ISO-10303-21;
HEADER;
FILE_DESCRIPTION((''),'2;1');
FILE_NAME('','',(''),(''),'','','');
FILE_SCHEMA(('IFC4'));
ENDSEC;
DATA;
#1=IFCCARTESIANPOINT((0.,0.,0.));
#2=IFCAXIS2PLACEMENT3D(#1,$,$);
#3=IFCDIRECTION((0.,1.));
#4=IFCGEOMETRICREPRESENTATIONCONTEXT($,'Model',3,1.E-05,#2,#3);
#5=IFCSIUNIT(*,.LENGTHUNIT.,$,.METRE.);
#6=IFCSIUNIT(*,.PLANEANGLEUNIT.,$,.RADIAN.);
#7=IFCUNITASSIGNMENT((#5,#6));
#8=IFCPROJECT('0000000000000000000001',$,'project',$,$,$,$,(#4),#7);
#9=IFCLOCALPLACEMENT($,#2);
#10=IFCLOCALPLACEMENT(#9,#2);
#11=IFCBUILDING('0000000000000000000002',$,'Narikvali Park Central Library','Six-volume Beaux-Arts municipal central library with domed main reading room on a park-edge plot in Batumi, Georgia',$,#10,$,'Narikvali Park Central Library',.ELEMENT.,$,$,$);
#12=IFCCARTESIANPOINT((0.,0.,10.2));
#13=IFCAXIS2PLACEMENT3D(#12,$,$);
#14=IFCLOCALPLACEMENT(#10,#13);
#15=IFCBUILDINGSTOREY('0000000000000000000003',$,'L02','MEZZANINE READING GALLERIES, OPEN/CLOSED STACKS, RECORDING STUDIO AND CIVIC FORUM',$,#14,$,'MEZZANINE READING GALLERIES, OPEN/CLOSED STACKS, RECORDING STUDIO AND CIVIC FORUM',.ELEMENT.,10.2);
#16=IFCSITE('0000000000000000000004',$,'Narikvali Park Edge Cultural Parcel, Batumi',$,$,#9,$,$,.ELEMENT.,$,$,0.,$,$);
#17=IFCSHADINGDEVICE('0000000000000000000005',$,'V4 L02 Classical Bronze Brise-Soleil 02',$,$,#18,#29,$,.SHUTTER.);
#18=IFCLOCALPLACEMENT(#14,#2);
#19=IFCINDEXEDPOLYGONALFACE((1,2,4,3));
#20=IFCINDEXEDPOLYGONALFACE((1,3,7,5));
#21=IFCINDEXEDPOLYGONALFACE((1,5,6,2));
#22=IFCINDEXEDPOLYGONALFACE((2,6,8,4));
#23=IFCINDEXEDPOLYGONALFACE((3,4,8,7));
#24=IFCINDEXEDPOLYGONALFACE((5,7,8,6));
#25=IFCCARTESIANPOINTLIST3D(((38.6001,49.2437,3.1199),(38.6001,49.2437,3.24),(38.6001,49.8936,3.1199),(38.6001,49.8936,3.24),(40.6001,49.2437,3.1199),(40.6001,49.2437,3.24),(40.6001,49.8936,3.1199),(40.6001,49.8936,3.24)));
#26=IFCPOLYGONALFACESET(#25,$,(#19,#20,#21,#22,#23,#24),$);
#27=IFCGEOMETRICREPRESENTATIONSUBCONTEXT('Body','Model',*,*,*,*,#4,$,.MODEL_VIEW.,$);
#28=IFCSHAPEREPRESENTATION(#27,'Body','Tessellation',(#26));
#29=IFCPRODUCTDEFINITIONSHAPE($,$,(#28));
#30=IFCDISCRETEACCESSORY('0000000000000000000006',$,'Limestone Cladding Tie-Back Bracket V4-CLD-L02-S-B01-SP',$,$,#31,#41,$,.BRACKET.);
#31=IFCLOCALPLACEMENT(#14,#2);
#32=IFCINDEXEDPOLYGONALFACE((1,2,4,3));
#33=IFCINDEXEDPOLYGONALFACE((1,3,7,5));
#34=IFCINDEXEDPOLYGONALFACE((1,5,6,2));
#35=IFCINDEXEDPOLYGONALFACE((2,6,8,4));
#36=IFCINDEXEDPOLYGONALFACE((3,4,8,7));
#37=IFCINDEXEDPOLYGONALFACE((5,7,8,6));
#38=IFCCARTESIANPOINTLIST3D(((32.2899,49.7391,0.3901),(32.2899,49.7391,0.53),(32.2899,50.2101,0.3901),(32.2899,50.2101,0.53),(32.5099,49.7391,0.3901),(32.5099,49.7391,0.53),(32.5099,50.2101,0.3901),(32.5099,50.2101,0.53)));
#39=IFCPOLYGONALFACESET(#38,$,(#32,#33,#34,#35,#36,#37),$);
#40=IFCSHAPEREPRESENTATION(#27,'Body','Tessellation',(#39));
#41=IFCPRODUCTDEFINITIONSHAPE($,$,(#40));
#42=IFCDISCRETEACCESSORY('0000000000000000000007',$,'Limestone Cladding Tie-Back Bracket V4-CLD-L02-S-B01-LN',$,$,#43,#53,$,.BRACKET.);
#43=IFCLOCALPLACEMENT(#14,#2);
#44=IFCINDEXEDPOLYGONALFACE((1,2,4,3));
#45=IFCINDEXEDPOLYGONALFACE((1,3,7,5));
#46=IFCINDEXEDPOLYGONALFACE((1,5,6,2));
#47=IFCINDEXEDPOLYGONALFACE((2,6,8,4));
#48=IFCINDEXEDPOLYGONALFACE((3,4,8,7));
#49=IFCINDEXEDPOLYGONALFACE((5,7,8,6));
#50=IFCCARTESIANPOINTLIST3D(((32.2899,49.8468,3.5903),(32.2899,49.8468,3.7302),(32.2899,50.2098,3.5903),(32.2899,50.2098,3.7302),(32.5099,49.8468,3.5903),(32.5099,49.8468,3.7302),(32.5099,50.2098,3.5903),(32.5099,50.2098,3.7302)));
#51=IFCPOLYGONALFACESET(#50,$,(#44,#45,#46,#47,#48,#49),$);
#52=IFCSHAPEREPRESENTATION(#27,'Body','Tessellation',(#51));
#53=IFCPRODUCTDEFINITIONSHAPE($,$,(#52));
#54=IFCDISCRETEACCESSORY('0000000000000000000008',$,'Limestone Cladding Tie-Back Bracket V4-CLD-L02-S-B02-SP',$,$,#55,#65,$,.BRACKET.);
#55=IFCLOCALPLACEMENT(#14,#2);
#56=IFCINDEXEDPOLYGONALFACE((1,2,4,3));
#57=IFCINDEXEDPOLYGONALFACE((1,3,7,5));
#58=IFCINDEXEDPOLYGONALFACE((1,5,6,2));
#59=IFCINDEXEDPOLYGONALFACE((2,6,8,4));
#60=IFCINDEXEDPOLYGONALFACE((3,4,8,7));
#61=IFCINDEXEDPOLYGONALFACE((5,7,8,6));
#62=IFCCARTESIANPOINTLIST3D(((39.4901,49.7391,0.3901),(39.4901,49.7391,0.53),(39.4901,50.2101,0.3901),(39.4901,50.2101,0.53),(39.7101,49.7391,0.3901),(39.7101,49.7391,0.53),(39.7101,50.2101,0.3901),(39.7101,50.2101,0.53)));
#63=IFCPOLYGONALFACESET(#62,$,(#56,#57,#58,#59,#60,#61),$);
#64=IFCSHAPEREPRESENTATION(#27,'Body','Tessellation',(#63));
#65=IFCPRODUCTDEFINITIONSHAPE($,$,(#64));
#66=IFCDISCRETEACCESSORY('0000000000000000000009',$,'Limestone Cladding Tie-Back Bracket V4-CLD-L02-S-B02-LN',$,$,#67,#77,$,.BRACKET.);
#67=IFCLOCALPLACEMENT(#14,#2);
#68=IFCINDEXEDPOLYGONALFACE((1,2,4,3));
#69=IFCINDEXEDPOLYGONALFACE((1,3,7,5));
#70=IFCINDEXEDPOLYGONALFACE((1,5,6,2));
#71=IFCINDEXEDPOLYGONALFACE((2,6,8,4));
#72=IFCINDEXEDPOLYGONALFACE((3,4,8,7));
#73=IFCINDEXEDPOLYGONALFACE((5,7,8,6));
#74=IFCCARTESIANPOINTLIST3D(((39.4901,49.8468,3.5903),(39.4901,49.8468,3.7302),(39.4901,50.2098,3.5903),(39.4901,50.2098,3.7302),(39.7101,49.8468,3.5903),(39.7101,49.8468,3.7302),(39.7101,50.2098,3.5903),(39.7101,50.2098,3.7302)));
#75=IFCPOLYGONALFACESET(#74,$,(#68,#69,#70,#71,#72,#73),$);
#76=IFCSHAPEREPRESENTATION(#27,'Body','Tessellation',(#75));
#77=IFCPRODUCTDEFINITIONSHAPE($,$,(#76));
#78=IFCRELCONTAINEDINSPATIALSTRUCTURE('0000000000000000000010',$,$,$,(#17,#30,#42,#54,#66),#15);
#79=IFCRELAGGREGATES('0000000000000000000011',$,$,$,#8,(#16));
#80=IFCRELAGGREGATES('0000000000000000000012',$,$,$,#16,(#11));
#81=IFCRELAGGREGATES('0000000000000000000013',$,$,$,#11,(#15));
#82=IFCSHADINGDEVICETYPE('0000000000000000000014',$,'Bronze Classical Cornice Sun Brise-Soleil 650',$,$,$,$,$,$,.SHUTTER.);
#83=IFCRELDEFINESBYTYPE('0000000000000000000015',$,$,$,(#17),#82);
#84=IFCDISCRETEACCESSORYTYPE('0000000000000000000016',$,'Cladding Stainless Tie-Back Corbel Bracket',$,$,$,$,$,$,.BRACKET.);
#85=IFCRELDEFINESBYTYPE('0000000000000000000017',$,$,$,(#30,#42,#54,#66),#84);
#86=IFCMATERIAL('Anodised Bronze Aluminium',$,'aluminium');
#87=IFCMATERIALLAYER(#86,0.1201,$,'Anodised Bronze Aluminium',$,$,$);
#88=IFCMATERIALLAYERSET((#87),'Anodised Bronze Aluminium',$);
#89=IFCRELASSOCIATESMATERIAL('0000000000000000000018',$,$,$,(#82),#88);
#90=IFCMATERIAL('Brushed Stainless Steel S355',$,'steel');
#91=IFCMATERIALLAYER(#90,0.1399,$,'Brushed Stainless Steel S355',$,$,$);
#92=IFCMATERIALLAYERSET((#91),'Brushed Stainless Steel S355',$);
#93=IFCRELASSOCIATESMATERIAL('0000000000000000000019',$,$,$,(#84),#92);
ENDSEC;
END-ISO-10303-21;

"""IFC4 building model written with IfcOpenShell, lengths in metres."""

from ifc_helpers import new_model, si_unit, direction, frame, origin, origin_2d, place, context, subcontext, project, spatial, rectangle, extrude, material, layer, layer_set, type_object, element, save


model = new_model("IFC4")

# Units and contexts
model_context = context("Model", 3, precision=1e-05, world=origin(), true_north=direction((0.0, 1.0)))
body_context = subcontext(model_context, "Body", "Model", "MODEL_VIEW")
ifc_project = project(units=[si_unit("LENGTHUNIT", "METRE"), si_unit("PLANEANGLEUNIT", "RADIAN")], contexts=[model_context])

# Site, building, storey
site_placement = place(None, origin())
site = spatial("IfcSite", under=ifc_project, at=site_placement, Name="Narikvali Park Edge Cultural Parcel, Batumi", CompositionType="ELEMENT", RefElevation=0.0)
building_placement = place(site_placement, origin())
building = spatial("IfcBuilding", under=site, at=building_placement, Name="Narikvali Park Central Library", Description="Six-volume Beaux-Arts municipal central library with domed main reading room on a park-edge plot in Batumi, Georgia", LongName="Narikvali Park Central Library", CompositionType="ELEMENT")
storey_placement = place(building_placement, frame((0.0, 0.0, 10.2)))
storey = spatial("IfcBuildingStorey", under=building, at=storey_placement, Name="L02", Description="MEZZANINE READING GALLERIES, OPEN/CLOSED STACKS, RECORDING STUDIO AND CIVIC FORUM", LongName="MEZZANINE READING GALLERIES, OPEN/CLOSED STACKS, RECORDING STUDIO AND CIVIC FORUM", CompositionType="ELEMENT", Elevation=10.2)

# Shading device
ifc_material_1 = material(Name="Anodised Bronze Aluminium", Category="aluminium")
ifc_layer_1 = layer(ifc_material_1, 0.1201, Name="Anodised Bronze Aluminium")
ifc_layer_set_1 = layer_set([ifc_layer_1], Name="Anodised Bronze Aluminium")
shading_device_type = type_object("IfcShadingDeviceType", Name="Bronze Classical Cornice Sun Brise-Soleil 650", PredefinedType="SHUTTER", material=ifc_layer_set_1)
for number, where, z_axis, x_axis, name in (
    (1, (39.6001, 49.5686, 3.1199), (0.0, 0.0, 1.0), (1.0, 0.0, 0.0), "V4 L02 Classical Bronze Brise-Soleil 02"),
):
    element("IfcShadingDevice", number, at=place(storey_placement, frame(where, z_axis=z_axis, x_axis=x_axis)), inside=storey, type_object=shading_device_type, Name=name, PredefinedType="SHUTTER", context=body_context, shape_type="SweptSolid", body=[
        extrude(rectangle(XDim=2.0, YDim=0.6499, at=origin_2d()), origin(), (0.0, 0.0, 1.0), 0.1201),
    ])

# Discrete accessories
ifc_material_2 = material(Name="Brushed Stainless Steel S355", Category="steel")
ifc_layer_2 = layer(ifc_material_2, 0.1399, Name="Brushed Stainless Steel S355")
ifc_layer_set_2 = layer_set([ifc_layer_2], Name="Brushed Stainless Steel S355")
discrete_accessory_type = type_object("IfcDiscreteAccessoryType", Name="Cladding Stainless Tie-Back Corbel Bracket", PredefinedType="BRACKET", material=ifc_layer_set_2)
discrete_accessory_1_placement = place(storey_placement, frame((32.3999, 49.9746, 0.3901), z_axis=(0.0, 0.0, 1.0), x_axis=(1.0, 0.0, 0.0)))
element("IfcDiscreteAccessory", 2, at=discrete_accessory_1_placement, inside=storey, type_object=discrete_accessory_type, Name="Limestone Cladding Tie-Back Bracket V4-CLD-L02-S-B01-SP", PredefinedType="BRACKET", context=body_context, shape_type="SweptSolid", body=[
    extrude(rectangle(XDim=0.22, YDim=0.4709, at=origin_2d()), origin(), (0.0, 0.0, 1.0), 0.1399),
])
discrete_accessory_2_placement = place(storey_placement, frame((32.3999, 50.0283, 3.5903), z_axis=(0.0, 0.0, 1.0), x_axis=(1.0, 0.0, 0.0)))
element("IfcDiscreteAccessory", 3, at=discrete_accessory_2_placement, inside=storey, type_object=discrete_accessory_type, Name="Limestone Cladding Tie-Back Bracket V4-CLD-L02-S-B01-LN", PredefinedType="BRACKET", context=body_context, shape_type="SweptSolid", body=[
    extrude(rectangle(XDim=0.22, YDim=0.363, at=origin_2d()), origin(), (0.0, 0.0, 1.0), 0.1399),
])
discrete_accessory_3_placement = place(storey_placement, frame((39.6001, 49.9746, 0.3901), z_axis=(0.0, 0.0, 1.0), x_axis=(1.0, 0.0, 0.0)))
element("IfcDiscreteAccessory", 4, at=discrete_accessory_3_placement, inside=storey, type_object=discrete_accessory_type, Name="Limestone Cladding Tie-Back Bracket V4-CLD-L02-S-B02-SP", PredefinedType="BRACKET", context=body_context, shape_type="SweptSolid", body=[
    extrude(rectangle(XDim=0.22, YDim=0.4709, at=origin_2d()), origin(), (0.0, 0.0, 1.0), 0.1399),
])
discrete_accessory_4_placement = place(storey_placement, frame((39.6001, 50.0283, 3.5903), z_axis=(0.0, 0.0, 1.0), x_axis=(1.0, 0.0, 0.0)))
element("IfcDiscreteAccessory", 5, at=discrete_accessory_4_placement, inside=storey, type_object=discrete_accessory_type, Name="Limestone Cladding Tie-Back Bracket V4-CLD-L02-S-B02-LN", PredefinedType="BRACKET", context=body_context, shape_type="SweptSolid", body=[
    extrude(rectangle(XDim=0.22, YDim=0.363, at=origin_2d()), origin(), (0.0, 0.0, 1.0), 0.1399),
])

save(model, "model.ifc")
